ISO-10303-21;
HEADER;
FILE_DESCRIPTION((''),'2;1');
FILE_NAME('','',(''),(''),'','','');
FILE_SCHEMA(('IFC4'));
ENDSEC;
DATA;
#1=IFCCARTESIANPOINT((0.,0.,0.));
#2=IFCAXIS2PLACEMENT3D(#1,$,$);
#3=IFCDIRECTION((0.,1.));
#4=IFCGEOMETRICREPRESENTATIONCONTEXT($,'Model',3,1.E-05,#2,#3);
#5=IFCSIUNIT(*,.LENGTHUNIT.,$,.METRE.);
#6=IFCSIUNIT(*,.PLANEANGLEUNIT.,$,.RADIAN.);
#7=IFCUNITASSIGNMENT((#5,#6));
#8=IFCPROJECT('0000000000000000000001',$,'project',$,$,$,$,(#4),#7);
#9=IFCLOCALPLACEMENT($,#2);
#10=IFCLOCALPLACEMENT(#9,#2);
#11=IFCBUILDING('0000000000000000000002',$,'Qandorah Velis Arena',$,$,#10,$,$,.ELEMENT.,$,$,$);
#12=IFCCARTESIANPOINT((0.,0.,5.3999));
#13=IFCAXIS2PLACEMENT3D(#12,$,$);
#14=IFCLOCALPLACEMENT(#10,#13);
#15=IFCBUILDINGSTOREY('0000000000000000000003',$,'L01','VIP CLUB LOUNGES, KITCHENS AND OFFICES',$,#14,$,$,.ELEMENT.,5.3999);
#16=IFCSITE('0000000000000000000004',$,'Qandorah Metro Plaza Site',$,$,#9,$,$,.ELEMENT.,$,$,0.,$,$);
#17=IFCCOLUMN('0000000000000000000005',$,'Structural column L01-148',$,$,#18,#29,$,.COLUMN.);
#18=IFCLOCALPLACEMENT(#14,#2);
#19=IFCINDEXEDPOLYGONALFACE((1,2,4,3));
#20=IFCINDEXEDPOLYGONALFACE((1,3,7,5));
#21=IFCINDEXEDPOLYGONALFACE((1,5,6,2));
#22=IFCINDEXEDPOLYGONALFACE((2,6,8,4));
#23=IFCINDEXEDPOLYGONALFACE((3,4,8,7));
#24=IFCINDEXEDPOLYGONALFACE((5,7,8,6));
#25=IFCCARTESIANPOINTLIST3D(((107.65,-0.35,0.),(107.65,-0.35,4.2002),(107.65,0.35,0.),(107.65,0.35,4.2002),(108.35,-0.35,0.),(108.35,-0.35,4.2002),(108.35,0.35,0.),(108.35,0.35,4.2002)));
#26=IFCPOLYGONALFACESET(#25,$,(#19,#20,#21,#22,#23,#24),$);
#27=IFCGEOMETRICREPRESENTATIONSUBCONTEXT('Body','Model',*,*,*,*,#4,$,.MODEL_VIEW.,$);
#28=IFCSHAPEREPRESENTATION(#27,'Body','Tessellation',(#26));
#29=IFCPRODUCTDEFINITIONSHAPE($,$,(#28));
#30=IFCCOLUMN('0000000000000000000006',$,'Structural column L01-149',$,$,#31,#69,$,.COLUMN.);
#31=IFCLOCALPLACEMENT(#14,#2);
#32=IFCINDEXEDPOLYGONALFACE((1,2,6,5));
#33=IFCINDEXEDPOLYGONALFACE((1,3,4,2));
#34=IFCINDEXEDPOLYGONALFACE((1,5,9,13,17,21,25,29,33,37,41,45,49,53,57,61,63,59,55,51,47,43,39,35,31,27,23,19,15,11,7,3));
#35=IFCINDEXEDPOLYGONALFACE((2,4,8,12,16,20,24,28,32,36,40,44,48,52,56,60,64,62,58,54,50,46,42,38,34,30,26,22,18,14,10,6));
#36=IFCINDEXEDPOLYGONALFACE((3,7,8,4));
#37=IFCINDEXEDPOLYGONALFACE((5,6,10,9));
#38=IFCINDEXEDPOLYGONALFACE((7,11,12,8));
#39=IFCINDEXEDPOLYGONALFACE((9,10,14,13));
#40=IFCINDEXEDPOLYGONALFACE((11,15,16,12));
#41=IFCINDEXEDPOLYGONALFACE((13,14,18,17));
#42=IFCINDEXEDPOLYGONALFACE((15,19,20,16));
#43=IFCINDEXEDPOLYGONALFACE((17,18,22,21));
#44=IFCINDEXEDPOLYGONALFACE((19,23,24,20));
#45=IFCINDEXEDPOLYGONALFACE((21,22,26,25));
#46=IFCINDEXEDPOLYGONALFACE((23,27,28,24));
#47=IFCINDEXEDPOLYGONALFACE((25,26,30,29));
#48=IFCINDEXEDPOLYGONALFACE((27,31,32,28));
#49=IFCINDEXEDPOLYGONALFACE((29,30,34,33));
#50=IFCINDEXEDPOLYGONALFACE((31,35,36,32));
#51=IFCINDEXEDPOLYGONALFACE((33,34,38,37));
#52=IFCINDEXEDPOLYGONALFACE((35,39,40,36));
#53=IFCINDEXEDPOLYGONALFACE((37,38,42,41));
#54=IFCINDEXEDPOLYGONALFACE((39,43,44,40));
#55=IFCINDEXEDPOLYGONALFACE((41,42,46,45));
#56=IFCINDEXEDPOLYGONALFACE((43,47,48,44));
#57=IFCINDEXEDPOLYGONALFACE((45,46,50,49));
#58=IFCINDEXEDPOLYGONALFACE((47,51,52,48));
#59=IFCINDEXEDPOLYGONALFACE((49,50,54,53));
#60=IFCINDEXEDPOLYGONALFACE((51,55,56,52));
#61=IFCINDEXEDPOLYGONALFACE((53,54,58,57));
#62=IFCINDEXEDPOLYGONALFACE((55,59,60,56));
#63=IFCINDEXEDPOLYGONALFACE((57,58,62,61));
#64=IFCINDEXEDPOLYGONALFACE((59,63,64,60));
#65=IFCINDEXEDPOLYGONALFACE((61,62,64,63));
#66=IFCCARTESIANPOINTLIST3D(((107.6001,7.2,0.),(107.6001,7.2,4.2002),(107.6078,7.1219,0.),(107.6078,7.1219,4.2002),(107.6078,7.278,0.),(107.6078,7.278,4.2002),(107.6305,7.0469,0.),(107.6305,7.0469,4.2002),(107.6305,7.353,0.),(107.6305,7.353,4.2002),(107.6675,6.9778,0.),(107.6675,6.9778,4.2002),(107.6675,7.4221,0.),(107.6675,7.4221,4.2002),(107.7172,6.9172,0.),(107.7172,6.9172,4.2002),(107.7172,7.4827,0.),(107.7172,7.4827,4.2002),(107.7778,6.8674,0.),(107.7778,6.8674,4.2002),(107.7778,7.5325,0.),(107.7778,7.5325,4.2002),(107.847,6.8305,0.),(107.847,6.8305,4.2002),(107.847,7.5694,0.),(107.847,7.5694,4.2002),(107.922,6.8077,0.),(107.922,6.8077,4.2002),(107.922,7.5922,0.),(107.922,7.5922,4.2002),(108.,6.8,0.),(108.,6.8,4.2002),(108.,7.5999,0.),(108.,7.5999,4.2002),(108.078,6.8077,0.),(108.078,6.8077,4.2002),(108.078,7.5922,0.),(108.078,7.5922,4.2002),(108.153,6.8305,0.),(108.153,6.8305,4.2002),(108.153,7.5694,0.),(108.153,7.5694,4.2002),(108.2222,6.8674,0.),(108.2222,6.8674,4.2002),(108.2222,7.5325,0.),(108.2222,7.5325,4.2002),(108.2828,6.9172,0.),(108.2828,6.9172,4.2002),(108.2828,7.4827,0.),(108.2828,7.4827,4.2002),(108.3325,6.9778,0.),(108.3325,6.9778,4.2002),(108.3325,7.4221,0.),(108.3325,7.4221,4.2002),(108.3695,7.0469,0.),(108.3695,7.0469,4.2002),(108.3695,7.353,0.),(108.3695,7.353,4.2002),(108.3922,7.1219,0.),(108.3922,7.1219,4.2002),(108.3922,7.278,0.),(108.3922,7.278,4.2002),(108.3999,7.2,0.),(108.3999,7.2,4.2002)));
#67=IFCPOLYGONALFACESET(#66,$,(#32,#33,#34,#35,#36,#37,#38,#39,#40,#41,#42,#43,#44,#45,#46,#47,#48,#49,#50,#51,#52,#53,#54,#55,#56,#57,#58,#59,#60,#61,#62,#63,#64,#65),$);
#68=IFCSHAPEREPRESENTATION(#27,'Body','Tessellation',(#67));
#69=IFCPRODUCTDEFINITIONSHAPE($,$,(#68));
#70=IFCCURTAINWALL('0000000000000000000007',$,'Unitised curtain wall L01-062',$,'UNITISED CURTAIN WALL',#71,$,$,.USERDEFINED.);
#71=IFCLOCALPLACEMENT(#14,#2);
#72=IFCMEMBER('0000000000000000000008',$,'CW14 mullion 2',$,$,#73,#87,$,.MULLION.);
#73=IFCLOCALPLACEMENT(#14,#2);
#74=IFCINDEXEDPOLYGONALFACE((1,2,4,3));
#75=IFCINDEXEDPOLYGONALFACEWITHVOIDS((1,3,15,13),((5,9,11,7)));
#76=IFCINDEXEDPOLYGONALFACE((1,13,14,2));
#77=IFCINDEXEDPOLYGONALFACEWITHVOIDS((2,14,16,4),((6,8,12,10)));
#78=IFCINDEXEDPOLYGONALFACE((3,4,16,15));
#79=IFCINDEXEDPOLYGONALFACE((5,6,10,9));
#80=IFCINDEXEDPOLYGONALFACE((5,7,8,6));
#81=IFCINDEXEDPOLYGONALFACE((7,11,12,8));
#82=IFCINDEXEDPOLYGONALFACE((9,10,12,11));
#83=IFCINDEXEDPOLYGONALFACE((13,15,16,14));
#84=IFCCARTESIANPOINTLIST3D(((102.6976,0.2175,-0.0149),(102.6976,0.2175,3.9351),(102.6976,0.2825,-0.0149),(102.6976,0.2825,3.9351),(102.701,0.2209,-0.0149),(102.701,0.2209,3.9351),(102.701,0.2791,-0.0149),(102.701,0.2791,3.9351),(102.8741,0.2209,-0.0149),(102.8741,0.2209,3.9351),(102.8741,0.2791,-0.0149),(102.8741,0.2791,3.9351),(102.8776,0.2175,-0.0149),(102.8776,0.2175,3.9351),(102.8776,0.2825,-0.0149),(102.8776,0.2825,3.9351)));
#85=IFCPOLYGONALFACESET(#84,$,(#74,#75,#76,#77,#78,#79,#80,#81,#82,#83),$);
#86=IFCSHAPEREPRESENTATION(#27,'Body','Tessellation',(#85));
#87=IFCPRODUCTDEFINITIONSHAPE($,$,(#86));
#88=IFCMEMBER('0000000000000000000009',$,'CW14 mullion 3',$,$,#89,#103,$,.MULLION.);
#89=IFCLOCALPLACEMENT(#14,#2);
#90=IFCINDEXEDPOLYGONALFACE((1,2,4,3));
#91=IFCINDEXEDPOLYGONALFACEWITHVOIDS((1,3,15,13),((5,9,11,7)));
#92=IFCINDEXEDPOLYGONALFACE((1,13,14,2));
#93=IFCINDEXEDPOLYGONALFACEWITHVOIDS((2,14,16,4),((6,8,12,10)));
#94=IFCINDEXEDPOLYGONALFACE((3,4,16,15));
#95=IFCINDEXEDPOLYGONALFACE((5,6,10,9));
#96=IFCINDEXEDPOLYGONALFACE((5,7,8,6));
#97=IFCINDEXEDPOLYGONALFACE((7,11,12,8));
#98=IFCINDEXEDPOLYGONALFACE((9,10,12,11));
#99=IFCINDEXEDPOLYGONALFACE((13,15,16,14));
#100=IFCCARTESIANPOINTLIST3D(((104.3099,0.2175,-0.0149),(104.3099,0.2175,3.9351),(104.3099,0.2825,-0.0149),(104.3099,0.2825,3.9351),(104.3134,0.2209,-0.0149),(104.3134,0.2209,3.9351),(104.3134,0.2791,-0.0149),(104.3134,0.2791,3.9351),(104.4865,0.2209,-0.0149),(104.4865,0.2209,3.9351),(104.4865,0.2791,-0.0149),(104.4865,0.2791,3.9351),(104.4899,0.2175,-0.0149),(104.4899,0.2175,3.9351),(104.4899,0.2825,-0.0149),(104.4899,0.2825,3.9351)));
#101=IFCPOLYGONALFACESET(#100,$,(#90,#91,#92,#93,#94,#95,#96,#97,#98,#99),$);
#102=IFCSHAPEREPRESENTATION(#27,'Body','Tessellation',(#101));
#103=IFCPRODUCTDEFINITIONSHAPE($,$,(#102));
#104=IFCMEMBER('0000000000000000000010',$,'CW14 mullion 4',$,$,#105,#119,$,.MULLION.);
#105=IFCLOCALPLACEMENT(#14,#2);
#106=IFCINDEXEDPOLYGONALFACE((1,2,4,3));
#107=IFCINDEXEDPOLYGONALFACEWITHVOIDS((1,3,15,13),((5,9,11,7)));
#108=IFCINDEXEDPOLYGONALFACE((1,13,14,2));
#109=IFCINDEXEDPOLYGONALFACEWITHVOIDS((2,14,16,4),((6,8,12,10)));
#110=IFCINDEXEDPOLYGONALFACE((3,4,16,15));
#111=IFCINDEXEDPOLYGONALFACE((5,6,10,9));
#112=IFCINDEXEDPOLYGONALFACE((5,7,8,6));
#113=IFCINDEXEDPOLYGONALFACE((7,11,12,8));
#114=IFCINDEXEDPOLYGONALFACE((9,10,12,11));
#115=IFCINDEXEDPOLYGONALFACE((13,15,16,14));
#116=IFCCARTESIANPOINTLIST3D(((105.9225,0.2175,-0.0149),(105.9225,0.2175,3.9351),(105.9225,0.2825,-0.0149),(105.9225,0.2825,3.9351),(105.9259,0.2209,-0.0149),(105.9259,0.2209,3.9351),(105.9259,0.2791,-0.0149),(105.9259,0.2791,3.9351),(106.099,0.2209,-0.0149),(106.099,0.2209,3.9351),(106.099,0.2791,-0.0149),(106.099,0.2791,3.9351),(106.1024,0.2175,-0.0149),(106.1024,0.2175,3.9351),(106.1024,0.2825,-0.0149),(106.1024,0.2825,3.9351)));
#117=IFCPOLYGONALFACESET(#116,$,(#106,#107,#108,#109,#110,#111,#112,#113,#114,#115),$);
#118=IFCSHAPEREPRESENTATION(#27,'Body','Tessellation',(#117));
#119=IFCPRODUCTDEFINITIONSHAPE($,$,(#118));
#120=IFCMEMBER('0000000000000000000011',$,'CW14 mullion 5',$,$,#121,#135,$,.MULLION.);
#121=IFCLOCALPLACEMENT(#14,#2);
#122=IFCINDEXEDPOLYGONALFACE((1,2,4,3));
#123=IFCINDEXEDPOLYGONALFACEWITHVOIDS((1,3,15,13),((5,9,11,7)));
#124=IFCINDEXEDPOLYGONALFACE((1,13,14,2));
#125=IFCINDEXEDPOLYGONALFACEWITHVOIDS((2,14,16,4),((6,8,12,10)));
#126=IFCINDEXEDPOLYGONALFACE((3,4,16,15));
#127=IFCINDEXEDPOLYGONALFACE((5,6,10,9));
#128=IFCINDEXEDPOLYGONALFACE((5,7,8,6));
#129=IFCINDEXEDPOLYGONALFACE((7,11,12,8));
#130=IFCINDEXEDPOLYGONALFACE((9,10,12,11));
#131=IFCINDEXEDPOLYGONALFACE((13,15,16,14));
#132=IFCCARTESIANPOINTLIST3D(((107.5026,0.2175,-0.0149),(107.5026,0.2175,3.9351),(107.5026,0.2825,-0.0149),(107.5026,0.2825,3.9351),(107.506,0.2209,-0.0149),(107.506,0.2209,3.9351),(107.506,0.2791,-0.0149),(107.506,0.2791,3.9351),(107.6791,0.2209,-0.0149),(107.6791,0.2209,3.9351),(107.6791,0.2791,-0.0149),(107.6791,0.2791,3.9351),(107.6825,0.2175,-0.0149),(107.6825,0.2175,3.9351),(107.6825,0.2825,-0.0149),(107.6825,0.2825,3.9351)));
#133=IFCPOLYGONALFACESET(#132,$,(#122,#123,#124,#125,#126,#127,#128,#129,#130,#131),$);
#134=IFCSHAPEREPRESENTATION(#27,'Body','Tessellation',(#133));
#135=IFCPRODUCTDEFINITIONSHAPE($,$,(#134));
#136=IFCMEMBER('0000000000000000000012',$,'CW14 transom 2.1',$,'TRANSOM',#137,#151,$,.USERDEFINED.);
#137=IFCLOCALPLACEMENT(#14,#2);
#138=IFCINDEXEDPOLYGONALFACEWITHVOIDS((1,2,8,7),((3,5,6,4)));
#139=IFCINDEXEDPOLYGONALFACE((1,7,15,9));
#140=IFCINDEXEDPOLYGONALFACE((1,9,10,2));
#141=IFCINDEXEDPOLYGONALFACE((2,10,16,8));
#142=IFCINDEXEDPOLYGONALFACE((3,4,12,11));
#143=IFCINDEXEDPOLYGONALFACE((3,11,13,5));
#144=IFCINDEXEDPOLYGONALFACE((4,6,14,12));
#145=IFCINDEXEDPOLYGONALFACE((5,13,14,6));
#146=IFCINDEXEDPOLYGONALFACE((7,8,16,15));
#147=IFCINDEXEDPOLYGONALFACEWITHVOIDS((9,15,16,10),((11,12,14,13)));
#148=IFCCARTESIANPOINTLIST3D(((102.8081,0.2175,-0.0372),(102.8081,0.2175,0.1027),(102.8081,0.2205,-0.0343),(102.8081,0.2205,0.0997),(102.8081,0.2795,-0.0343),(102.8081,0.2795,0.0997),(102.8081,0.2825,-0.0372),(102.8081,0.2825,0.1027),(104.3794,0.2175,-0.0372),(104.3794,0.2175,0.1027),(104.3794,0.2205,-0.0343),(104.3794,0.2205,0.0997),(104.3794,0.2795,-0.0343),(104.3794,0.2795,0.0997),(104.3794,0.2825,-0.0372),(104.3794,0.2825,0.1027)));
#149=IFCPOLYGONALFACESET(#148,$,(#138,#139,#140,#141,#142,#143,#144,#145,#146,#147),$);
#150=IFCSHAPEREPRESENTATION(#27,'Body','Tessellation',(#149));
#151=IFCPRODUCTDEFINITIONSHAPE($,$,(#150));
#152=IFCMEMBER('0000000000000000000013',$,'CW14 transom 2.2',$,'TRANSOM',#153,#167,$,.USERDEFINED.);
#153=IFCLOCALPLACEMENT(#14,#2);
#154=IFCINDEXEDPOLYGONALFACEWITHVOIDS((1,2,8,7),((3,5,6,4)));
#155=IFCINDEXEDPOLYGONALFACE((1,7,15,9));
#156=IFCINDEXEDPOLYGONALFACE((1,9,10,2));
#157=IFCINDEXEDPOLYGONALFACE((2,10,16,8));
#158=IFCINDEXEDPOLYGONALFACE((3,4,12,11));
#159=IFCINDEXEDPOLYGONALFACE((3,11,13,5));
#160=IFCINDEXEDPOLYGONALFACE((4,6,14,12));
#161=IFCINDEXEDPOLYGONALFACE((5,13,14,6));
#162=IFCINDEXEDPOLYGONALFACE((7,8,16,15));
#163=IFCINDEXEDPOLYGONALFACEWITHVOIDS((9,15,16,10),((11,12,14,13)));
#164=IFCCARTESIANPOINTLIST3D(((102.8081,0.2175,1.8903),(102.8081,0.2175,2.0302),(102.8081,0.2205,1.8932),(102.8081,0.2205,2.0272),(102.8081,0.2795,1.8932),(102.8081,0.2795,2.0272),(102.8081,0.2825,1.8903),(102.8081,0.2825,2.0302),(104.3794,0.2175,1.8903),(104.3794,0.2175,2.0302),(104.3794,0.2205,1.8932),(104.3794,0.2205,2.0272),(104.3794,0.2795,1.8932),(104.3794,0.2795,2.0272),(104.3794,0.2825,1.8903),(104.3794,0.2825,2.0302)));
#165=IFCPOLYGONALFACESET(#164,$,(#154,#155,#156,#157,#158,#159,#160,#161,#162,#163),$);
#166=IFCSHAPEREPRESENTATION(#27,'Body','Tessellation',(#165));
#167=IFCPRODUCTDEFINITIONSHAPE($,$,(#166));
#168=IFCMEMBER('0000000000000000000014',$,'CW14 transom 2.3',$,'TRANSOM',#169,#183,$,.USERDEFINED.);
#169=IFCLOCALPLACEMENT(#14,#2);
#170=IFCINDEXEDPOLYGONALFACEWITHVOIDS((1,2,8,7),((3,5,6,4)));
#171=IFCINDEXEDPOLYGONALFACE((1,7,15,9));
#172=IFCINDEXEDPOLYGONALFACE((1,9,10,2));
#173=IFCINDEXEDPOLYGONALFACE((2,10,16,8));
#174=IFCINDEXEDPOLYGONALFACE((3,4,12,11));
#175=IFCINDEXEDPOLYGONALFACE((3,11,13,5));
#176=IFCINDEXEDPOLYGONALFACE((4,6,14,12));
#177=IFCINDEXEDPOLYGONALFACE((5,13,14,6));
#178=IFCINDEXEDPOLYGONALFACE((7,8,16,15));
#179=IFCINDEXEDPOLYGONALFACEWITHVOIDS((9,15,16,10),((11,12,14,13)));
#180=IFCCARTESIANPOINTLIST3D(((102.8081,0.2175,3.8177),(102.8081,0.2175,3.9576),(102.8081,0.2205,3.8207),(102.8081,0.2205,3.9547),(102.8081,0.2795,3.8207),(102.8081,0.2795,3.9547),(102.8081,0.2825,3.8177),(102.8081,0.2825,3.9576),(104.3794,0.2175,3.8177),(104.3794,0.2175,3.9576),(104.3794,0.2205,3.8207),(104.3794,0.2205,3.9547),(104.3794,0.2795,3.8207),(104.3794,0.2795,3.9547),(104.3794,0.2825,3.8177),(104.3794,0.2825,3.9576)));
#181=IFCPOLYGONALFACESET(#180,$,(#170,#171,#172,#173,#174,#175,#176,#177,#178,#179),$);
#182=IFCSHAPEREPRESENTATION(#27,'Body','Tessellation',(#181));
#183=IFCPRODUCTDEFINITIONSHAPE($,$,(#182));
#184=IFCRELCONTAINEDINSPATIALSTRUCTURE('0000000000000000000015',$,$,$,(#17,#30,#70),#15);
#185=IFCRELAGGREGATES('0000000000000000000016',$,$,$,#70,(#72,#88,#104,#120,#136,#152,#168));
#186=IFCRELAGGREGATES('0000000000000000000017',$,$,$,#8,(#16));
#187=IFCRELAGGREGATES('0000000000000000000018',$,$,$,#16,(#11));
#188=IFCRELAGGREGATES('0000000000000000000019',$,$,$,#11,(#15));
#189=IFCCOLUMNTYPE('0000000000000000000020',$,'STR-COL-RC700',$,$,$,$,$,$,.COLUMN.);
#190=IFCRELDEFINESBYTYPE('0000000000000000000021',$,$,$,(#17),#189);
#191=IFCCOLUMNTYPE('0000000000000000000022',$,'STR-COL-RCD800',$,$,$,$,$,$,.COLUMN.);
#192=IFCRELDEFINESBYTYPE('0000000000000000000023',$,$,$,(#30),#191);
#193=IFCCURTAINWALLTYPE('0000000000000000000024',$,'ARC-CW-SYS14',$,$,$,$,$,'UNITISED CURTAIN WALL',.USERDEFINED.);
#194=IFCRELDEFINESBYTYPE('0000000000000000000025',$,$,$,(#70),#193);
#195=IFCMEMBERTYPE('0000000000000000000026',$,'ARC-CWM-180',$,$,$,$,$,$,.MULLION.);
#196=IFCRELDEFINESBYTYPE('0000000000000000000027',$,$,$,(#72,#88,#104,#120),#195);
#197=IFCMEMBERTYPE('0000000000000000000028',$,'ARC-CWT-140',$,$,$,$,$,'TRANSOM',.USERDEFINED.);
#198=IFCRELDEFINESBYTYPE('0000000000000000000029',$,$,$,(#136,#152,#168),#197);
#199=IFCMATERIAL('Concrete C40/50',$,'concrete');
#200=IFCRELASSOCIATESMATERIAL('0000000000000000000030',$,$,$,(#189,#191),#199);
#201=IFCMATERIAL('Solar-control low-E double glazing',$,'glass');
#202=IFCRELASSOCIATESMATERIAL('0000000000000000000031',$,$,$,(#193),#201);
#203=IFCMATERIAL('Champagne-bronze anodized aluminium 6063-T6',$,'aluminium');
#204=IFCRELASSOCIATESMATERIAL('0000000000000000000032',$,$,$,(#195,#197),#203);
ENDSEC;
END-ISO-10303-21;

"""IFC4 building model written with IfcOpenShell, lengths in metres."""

from ifc_helpers import new_model, si_unit, direction, frame, origin, origin_2d, place, context, subcontext, project, spatial, rectangle, hollow_rectangle, circle, extrude, material, material_profile, profile_set, type_object, element, aggregate, save


model = new_model("IFC4")

# Units and contexts
model_context = context("Model", 3, precision=1e-05, world=origin(), true_north=direction((0.0, 1.0)))
body_context = subcontext(model_context, "Body", "Model", "MODEL_VIEW")
ifc_project = project(units=[si_unit("LENGTHUNIT", "METRE"), si_unit("PLANEANGLEUNIT", "RADIAN")], contexts=[model_context])

# Site, building, storey
site_placement = place(None, origin())
site = spatial("IfcSite", under=ifc_project, at=site_placement, Name="Qandorah Metro Plaza Site", CompositionType="ELEMENT", RefElevation=0.0)
building_placement = place(site_placement, origin())
building = spatial("IfcBuilding", under=site, at=building_placement, Name="Qandorah Velis Arena", CompositionType="ELEMENT")
storey_placement = place(building_placement, frame((0.0, 0.0, 5.3999)))
storey = spatial("IfcBuildingStorey", under=building, at=storey_placement, Name="L01", Description="VIP CLUB LOUNGES, KITCHENS AND OFFICES", CompositionType="ELEMENT", Elevation=5.3999)

# Columns
ifc_material_1 = material(Name="Concrete C40/50", Category="concrete")
ifc_material_profile_1 = material_profile(ifc_material_1, rectangle(XDim=0.7, YDim=0.7, at=origin_2d()), Name="RC COL 700x700")
ifc_profile_set_1 = profile_set([ifc_material_profile_1], Name="Concrete C40/50")
column_type_1 = type_object("IfcColumnType", Name="STR-COL-RC700", PredefinedType="COLUMN", material=ifc_profile_set_1)
column_1_placement = place(storey_placement, frame((108.0, 0.0, 0.0), z_axis=(0.0, 0.0, 1.0), x_axis=(1.0, 0.0, 0.0)))
element("IfcColumn", 1, at=column_1_placement, inside=storey, type_object=column_type_1, Name="Structural column L01-148", PredefinedType="COLUMN", context=body_context, shape_type="SweptSolid", body=[
    extrude(rectangle(XDim=0.7, YDim=0.7, at=origin_2d()), origin(), (0.0, 0.0, 1.0), 4.2002),
])
ifc_material_profile_2 = material_profile(ifc_material_1, circle(Radius=0.3999, at=origin_2d()), Name="RC D800")
ifc_profile_set_2 = profile_set([ifc_material_profile_2], Name="Concrete C40/50")
column_type_2 = type_object("IfcColumnType", Name="STR-COL-RCD800", PredefinedType="COLUMN", material=ifc_profile_set_2)
column_2_placement = place(storey_placement, frame((108.0, 7.2, 0.0), z_axis=(0.0, 0.0, 1.0), x_axis=(1.0, 0.0, 0.0)))
element("IfcColumn", 2, at=column_2_placement, inside=storey, type_object=column_type_2, Name="Structural column L01-149", PredefinedType="COLUMN", context=body_context, shape_type="SweptSolid", body=[
    extrude(circle(Radius=0.3999, at=origin_2d()), origin(), (0.0, 0.0, 1.0), 4.2002),
])

# Curtain wall, members
ifc_material_2 = material(Name="Solar-control low-E double glazing", Category="glass")
curtain_wall_type = type_object("IfcCurtainWallType", Name="ARC-CW-SYS14", ElementType="UNITISED CURTAIN WALL", PredefinedType="USERDEFINED", material=ifc_material_2)
curtain_wall_placement = place(storey_placement, origin())
curtain_wall = element("IfcCurtainWall", 3, at=curtain_wall_placement, inside=storey, type_object=curtain_wall_type, Name="Unitised curtain wall L01-062", ObjectType="UNITISED CURTAIN WALL", PredefinedType="USERDEFINED")
ifc_material_3 = material(Name="Champagne-bronze anodized aluminium 6063-T6", Category="aluminium")
ifc_material_profile_3 = material_profile(ifc_material_3, hollow_rectangle(XDim=0.0649, YDim=0.1799, WallThickness=0.0034, at=origin_2d()), Name="ALU MULLION 65x180")
ifc_profile_set_3 = profile_set([ifc_material_profile_3], Name="Champagne-bronze anodized aluminium 6063-T6")
member_type_1 = type_object("IfcMemberType", Name="ARC-CWM-180", PredefinedType="MULLION", material=ifc_profile_set_3)
member_1_placement = place(storey_placement, frame((102.7876, 0.25, -0.0149), z_axis=(0.0, 0.0, 1.0), x_axis=(0.0, 1.0, 0.0)))
member_1 = element("IfcMember", 4, at=member_1_placement, type_object=member_type_1, Name="CW14 mullion 2", PredefinedType="MULLION", context=body_context, shape_type="SweptSolid", body=[
    extrude(hollow_rectangle(XDim=0.0649, YDim=0.1799, WallThickness=0.0034, at=origin_2d()), origin(), (0.0, 0.0, 1.0), 3.95),
])
member_2_placement = place(storey_placement, frame((104.3999, 0.25, -0.0149), z_axis=(0.0, 0.0, 1.0), x_axis=(0.0, 1.0, 0.0)))
member_2 = element("IfcMember", 5, at=member_2_placement, type_object=member_type_1, Name="CW14 mullion 3", PredefinedType="MULLION", context=body_context, shape_type="SweptSolid", body=[
    extrude(hollow_rectangle(XDim=0.0649, YDim=0.1799, WallThickness=0.0034, at=origin_2d()), origin(), (0.0, 0.0, 1.0), 3.95),
])
member_3_placement = place(storey_placement, frame((106.0125, 0.25, -0.0149), z_axis=(0.0, 0.0, 1.0), x_axis=(0.0, 1.0, 0.0)))
member_3 = element("IfcMember", 6, at=member_3_placement, type_object=member_type_1, Name="CW14 mullion 4", PredefinedType="MULLION", context=body_context, shape_type="SweptSolid", body=[
    extrude(hollow_rectangle(XDim=0.0649, YDim=0.1799, WallThickness=0.0034, at=origin_2d()), origin(), (0.0, 0.0, 1.0), 3.95),
])
member_4_placement = place(storey_placement, frame((107.5925, 0.25, -0.0149), z_axis=(0.0, 0.0, 1.0), x_axis=(0.0, 1.0, 0.0)))
member_4 = element("IfcMember", 7, at=member_4_placement, type_object=member_type_1, Name="CW14 mullion 5", PredefinedType="MULLION", context=body_context, shape_type="SweptSolid", body=[
    extrude(hollow_rectangle(XDim=0.0649, YDim=0.1799, WallThickness=0.0034, at=origin_2d()), origin(), (0.0, 0.0, 1.0), 3.95),
])
ifc_material_profile_4 = material_profile(ifc_material_3, hollow_rectangle(XDim=0.0649, YDim=0.1399, WallThickness=0.0029, at=origin_2d()), Name="ALU TRANSOM 65x140")
ifc_profile_set_4 = profile_set([ifc_material_profile_4], Name="Champagne-bronze anodized aluminium 6063-T6")
member_type_2 = type_object("IfcMemberType", Name="ARC-CWT-140", ElementType="TRANSOM", PredefinedType="USERDEFINED", material=ifc_profile_set_4)
member_5_placement = place(storey_placement, frame((102.8081, 0.25, 0.0327), z_axis=(1.0, 0.0, 0.0), x_axis=(0.0, 1.0, 0.0)))
member_5 = element("IfcMember", 8, at=member_5_placement, type_object=member_type_2, Name="CW14 transom 2.1", ObjectType="TRANSOM", PredefinedType="USERDEFINED", context=body_context, shape_type="SweptSolid", body=[
    extrude(hollow_rectangle(XDim=0.0649, YDim=0.1399, WallThickness=0.0029, at=origin_2d()), origin(), (0.0, 0.0, 1.0), 1.5713),
])
member_6_placement = place(storey_placement, frame((102.8081, 0.25, 1.9602), z_axis=(1.0, 0.0, 0.0), x_axis=(0.0, 1.0, 0.0)))
member_6 = element("IfcMember", 9, at=member_6_placement, type_object=member_type_2, Name="CW14 transom 2.2", ObjectType="TRANSOM", PredefinedType="USERDEFINED", context=body_context, shape_type="SweptSolid", body=[
    extrude(hollow_rectangle(XDim=0.0649, YDim=0.1399, WallThickness=0.0029, at=origin_2d()), origin(), (0.0, 0.0, 1.0), 1.5713),
])
member_7_placement = place(storey_placement, frame((102.8081, 0.25, 3.8877), z_axis=(1.0, 0.0, 0.0), x_axis=(0.0, 1.0, 0.0)))
member_7 = element("IfcMember", 10, at=member_7_placement, type_object=member_type_2, Name="CW14 transom 2.3", ObjectType="TRANSOM", PredefinedType="USERDEFINED", context=body_context, shape_type="SweptSolid", body=[
    extrude(hollow_rectangle(XDim=0.0649, YDim=0.1399, WallThickness=0.0029, at=origin_2d()), origin(), (0.0, 0.0, 1.0), 1.5713),
])

aggregate(curtain_wall, [member_1, member_2, member_3, member_4, member_5, member_6, member_7])

save(model, "model.ifc")
